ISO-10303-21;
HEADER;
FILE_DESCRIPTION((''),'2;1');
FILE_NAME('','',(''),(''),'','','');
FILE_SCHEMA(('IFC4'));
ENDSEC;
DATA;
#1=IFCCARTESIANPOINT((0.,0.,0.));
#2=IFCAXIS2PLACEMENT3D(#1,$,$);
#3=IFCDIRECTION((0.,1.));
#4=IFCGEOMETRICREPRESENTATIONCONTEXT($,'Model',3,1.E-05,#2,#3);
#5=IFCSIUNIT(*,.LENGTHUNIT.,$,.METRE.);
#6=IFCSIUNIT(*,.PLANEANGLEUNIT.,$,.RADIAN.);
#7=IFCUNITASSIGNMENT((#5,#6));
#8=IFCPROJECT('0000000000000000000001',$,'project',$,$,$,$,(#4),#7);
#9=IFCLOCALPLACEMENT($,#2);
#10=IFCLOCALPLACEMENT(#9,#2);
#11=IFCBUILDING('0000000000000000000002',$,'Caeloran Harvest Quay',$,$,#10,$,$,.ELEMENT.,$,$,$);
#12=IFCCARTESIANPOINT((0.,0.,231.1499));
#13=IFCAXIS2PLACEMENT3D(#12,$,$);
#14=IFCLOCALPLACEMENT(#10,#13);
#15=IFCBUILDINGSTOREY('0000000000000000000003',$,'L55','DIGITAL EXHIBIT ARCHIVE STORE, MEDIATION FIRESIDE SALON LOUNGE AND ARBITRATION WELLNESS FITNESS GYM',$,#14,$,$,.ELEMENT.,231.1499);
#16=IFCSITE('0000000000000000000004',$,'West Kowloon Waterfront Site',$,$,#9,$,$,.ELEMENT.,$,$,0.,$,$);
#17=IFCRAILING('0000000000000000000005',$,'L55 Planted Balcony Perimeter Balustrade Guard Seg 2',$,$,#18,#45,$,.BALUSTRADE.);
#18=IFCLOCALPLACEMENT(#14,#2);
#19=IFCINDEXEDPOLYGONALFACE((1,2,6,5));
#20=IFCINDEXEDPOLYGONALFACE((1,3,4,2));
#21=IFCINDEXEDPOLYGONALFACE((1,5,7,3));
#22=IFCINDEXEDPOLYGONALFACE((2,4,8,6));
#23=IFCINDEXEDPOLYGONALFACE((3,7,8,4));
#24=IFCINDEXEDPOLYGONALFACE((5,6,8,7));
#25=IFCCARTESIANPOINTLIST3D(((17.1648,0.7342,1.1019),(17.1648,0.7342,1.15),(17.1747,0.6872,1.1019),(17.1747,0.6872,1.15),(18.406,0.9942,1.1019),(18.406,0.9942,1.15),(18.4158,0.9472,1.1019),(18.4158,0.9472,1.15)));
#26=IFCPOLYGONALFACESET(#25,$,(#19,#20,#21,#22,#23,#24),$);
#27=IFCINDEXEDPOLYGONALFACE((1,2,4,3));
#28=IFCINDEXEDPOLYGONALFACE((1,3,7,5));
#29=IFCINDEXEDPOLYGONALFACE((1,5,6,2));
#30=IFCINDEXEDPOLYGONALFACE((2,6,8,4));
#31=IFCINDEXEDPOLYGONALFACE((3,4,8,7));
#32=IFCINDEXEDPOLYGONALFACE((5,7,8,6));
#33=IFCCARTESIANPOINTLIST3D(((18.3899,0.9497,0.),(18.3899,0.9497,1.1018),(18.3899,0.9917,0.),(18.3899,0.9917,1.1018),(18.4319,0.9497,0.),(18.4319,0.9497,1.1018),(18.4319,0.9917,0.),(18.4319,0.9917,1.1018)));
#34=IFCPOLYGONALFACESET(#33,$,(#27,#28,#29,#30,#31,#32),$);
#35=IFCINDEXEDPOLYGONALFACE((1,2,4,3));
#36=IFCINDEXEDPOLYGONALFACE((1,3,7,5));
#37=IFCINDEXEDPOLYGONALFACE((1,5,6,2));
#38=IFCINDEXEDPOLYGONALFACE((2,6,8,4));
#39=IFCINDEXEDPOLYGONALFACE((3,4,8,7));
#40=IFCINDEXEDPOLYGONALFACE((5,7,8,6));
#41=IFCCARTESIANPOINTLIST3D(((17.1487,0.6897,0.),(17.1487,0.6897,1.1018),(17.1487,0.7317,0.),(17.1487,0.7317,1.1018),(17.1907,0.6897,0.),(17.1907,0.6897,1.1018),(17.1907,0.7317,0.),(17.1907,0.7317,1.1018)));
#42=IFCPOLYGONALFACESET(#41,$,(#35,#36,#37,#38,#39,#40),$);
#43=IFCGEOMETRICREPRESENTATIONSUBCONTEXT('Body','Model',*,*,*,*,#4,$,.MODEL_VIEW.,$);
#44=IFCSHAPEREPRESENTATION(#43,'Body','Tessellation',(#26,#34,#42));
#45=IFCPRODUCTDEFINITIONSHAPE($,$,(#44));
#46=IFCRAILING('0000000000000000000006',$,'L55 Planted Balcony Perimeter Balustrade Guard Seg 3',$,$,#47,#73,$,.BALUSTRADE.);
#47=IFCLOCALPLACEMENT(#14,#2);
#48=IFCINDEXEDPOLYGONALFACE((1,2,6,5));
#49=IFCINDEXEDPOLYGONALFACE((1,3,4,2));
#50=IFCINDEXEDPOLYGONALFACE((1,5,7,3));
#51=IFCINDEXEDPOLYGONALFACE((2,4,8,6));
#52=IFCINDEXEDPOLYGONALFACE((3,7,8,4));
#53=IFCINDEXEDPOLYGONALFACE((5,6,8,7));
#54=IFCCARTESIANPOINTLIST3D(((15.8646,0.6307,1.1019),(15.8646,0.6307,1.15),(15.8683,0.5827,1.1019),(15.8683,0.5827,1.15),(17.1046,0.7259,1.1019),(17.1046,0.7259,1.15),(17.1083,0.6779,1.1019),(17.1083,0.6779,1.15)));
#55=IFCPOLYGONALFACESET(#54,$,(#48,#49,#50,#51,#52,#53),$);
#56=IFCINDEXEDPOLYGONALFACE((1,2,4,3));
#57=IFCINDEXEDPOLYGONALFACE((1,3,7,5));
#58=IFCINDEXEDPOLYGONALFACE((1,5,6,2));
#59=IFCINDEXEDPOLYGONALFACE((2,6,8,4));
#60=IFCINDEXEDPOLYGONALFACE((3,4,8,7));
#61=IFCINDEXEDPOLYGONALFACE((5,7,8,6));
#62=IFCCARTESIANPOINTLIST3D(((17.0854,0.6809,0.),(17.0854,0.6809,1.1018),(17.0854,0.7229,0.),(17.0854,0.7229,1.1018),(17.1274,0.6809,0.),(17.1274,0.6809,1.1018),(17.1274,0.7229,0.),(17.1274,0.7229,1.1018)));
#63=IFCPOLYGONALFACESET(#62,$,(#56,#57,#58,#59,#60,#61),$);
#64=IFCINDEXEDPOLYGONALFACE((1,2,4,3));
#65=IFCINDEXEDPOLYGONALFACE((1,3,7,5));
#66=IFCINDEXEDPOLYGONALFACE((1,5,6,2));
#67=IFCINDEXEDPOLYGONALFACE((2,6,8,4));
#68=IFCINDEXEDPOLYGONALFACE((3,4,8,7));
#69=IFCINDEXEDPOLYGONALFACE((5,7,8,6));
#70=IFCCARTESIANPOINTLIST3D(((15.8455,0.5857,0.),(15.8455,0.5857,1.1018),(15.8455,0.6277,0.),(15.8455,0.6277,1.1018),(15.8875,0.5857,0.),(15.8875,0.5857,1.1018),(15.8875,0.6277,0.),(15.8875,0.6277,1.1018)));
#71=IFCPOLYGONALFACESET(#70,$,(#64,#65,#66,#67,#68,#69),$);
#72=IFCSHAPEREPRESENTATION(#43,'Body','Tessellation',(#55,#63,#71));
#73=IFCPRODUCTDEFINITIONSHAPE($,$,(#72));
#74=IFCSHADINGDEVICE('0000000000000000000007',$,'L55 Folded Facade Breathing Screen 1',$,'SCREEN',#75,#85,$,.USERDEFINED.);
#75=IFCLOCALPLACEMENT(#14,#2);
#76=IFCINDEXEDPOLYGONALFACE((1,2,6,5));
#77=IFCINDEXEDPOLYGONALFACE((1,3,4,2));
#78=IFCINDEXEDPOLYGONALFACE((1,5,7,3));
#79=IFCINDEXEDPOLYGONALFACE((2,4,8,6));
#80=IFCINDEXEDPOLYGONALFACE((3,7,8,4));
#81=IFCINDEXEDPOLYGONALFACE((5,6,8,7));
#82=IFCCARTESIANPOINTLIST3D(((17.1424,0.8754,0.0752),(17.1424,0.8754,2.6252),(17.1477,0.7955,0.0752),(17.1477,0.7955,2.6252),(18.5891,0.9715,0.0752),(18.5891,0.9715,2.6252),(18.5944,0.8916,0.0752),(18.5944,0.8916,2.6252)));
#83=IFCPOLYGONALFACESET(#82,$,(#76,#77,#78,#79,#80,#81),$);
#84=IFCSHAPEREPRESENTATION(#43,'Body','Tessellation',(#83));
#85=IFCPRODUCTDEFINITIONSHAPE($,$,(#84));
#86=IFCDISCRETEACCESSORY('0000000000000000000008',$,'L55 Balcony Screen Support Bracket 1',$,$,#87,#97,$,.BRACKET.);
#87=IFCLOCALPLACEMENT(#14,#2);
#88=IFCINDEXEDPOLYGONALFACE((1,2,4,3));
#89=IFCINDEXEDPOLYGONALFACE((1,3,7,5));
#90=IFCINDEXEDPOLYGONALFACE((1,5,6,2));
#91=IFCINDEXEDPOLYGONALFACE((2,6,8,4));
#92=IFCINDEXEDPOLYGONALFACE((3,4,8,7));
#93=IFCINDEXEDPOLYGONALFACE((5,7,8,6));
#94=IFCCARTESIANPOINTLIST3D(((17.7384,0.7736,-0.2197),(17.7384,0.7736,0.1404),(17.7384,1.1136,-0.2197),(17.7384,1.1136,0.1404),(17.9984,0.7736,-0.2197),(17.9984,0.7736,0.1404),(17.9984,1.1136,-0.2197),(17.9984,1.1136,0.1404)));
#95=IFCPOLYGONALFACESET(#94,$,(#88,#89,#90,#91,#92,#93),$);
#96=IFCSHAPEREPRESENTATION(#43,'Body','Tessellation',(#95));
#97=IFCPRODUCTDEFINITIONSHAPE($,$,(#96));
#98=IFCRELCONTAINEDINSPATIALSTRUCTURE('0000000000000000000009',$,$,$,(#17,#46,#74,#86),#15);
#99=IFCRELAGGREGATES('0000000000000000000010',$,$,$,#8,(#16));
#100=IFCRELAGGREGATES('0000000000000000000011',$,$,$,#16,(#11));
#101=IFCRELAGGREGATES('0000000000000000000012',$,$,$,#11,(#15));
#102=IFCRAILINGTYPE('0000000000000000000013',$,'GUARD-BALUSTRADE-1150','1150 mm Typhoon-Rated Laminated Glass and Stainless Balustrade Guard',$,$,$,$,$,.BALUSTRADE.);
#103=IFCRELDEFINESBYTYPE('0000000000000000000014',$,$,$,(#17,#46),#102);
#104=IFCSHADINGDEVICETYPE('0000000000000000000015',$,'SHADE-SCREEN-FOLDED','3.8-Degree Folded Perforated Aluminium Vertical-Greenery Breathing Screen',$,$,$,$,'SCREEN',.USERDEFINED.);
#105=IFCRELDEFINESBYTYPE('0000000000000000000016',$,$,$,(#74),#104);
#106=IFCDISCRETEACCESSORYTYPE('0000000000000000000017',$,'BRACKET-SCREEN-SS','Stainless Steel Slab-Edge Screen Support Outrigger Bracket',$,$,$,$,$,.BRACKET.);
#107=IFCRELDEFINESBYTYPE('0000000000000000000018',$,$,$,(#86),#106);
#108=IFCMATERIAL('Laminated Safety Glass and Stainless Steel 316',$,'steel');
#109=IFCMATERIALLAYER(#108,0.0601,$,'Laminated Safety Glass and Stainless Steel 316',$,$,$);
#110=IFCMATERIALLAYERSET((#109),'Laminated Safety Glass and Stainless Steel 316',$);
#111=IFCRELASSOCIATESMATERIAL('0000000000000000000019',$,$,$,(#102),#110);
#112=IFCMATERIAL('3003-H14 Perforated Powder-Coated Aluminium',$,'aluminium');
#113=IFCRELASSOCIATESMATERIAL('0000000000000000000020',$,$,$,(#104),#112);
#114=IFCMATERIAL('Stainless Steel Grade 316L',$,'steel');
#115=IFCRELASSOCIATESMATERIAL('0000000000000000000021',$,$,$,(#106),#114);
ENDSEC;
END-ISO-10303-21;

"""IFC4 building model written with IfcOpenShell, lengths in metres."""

from ifc_helpers import new_model, si_unit, direction, frame, origin, origin_2d, place, context, subcontext, project, spatial, rectangle, extrude, material, layer, layer_set, type_object, element, save


model = new_model("IFC4")

# Units and contexts
model_context = context("Model", 3, precision=1e-05, world=origin(), true_north=direction((0.0, 1.0)))
body_context = subcontext(model_context, "Body", "Model", "MODEL_VIEW")
ifc_project = project(units=[si_unit("LENGTHUNIT", "METRE"), si_unit("PLANEANGLEUNIT", "RADIAN")], contexts=[model_context])

# Site, building, storey
site_placement = place(None, origin())
site = spatial("IfcSite", under=ifc_project, at=site_placement, Name="West Kowloon Waterfront Site", CompositionType="ELEMENT", RefElevation=0.0)
building_placement = place(site_placement, origin())
building = spatial("IfcBuilding", under=site, at=building_placement, Name="Caeloran Harvest Quay", CompositionType="ELEMENT")
storey_placement = place(building_placement, frame((0.0, 0.0, 231.1499)))
storey = spatial("IfcBuildingStorey", under=building, at=storey_placement, Name="L55", Description="DIGITAL EXHIBIT ARCHIVE STORE, MEDIATION FIRESIDE SALON LOUNGE AND ARBITRATION WELLNESS FITNESS GYM", CompositionType="ELEMENT", Elevation=231.1499)

# Railings
ifc_material_1 = material(Name="Laminated Safety Glass and Stainless Steel 316", Category="steel")
ifc_layer_1 = layer(ifc_material_1, 0.0601, Name="Laminated Safety Glass and Stainless Steel 316")
ifc_layer_set_1 = layer_set([ifc_layer_1], Name="Laminated Safety Glass and Stainless Steel 316")
railing_type = type_object("IfcRailingType", Name="GUARD-BALUSTRADE-1150", Description="1150 mm Typhoon-Rated Laminated Glass and Stainless Balustrade Guard", PredefinedType="BALUSTRADE", material=ifc_layer_set_1)
railing_1_placement = place(storey_placement, frame((18.4109, 0.9707, 0.0)))
element("IfcRailing", 1, at=railing_1_placement, inside=storey, type_object=railing_type, Name="L55 Planted Balcony Perimeter Balustrade Guard Seg 2", PredefinedType="BALUSTRADE", context=body_context, shape_type="SweptSolid", body=[
    extrude(rectangle(XDim=0.0481, YDim=0.0481, at=origin_2d()), frame((0.0, 0.0, 1.126), z_axis=(-0.978756, -0.20503, 0.0), x_axis=(0.20503, -0.978756, 0.0)), (0.0, 0.0, 1.0), 1.2681),
    extrude(rectangle(XDim=0.042, YDim=0.042, at=origin_2d()), origin(), (0.0, 0.0, 1.0), 1.1018),
    extrude(rectangle(XDim=0.042, YDim=0.042, at=origin_2d()), frame((-1.2412, -0.26, 0.0)), (0.0, 0.0, 1.0), 1.1018),
])
railing_2_placement = place(storey_placement, frame((17.1064, 0.7019, 0.0)))
element("IfcRailing", 2, at=railing_2_placement, inside=storey, type_object=railing_type, Name="L55 Planted Balcony Perimeter Balustrade Guard Seg 3", PredefinedType="BALUSTRADE", context=body_context, shape_type="SweptSolid", body=[
    extrude(rectangle(XDim=0.0481, YDim=0.0481, at=origin_2d()), frame((0.0, 0.0, 1.126), z_axis=(-0.997065, -0.076561, 0.0), x_axis=(0.076561, -0.997065, 0.0)), (0.0, 0.0, 1.0), 1.2437),
    extrude(rectangle(XDim=0.042, YDim=0.042, at=origin_2d()), origin(), (0.0, 0.0, 1.0), 1.1018),
    extrude(rectangle(XDim=0.042, YDim=0.042, at=origin_2d()), frame((-1.24, -0.0952, 0.0)), (0.0, 0.0, 1.0), 1.1018),
])

# Shading device
ifc_material_2 = material(Name="3003-H14 Perforated Powder-Coated Aluminium", Category="aluminium")
shading_device_type = type_object("IfcShadingDeviceType", Name="SHADE-SCREEN-FOLDED", Description="3.8-Degree Folded Perforated Aluminium Vertical-Greenery Breathing Screen", ElementType="SCREEN", PredefinedType="USERDEFINED", material=ifc_material_2)
shading_device_placement = place(storey_placement, frame((17.8684, 0.8835, 0.0752), z_axis=(0.0, 0.0, 1.0), x_axis=(0.997801, 0.066274, 0.0)))
element("IfcShadingDevice", 3, at=shading_device_placement, inside=storey, type_object=shading_device_type, Name="L55 Folded Facade Breathing Screen 1", ObjectType="SCREEN", PredefinedType="USERDEFINED", context=body_context, shape_type="SweptSolid", body=[
    extrude(rectangle(XDim=1.45, YDim=0.0801, at=origin_2d()), origin(), (0.0, 0.0, 1.0), 2.55),
])

# Discrete accessory
ifc_material_3 = material(Name="Stainless Steel Grade 316L", Category="steel")
discrete_accessory_type = type_object("IfcDiscreteAccessoryType", Name="BRACKET-SCREEN-SS", Description="Stainless Steel Slab-Edge Screen Support Outrigger Bracket", PredefinedType="BRACKET", material=ifc_material_3)
discrete_accessory_placement = place(storey_placement, frame((17.8684, 0.9436, -0.2197), z_axis=(0.0, 0.0, 1.0), x_axis=(1.0, 0.0, 0.0)))
element("IfcDiscreteAccessory", 4, at=discrete_accessory_placement, inside=storey, type_object=discrete_accessory_type, Name="L55 Balcony Screen Support Bracket 1", PredefinedType="BRACKET", context=body_context, shape_type="SweptSolid", body=[
    extrude(rectangle(XDim=0.26, YDim=0.3401, at=origin_2d()), origin(), (0.0, 0.0, 1.0), 0.3601),
])

save(model, "model.ifc")
